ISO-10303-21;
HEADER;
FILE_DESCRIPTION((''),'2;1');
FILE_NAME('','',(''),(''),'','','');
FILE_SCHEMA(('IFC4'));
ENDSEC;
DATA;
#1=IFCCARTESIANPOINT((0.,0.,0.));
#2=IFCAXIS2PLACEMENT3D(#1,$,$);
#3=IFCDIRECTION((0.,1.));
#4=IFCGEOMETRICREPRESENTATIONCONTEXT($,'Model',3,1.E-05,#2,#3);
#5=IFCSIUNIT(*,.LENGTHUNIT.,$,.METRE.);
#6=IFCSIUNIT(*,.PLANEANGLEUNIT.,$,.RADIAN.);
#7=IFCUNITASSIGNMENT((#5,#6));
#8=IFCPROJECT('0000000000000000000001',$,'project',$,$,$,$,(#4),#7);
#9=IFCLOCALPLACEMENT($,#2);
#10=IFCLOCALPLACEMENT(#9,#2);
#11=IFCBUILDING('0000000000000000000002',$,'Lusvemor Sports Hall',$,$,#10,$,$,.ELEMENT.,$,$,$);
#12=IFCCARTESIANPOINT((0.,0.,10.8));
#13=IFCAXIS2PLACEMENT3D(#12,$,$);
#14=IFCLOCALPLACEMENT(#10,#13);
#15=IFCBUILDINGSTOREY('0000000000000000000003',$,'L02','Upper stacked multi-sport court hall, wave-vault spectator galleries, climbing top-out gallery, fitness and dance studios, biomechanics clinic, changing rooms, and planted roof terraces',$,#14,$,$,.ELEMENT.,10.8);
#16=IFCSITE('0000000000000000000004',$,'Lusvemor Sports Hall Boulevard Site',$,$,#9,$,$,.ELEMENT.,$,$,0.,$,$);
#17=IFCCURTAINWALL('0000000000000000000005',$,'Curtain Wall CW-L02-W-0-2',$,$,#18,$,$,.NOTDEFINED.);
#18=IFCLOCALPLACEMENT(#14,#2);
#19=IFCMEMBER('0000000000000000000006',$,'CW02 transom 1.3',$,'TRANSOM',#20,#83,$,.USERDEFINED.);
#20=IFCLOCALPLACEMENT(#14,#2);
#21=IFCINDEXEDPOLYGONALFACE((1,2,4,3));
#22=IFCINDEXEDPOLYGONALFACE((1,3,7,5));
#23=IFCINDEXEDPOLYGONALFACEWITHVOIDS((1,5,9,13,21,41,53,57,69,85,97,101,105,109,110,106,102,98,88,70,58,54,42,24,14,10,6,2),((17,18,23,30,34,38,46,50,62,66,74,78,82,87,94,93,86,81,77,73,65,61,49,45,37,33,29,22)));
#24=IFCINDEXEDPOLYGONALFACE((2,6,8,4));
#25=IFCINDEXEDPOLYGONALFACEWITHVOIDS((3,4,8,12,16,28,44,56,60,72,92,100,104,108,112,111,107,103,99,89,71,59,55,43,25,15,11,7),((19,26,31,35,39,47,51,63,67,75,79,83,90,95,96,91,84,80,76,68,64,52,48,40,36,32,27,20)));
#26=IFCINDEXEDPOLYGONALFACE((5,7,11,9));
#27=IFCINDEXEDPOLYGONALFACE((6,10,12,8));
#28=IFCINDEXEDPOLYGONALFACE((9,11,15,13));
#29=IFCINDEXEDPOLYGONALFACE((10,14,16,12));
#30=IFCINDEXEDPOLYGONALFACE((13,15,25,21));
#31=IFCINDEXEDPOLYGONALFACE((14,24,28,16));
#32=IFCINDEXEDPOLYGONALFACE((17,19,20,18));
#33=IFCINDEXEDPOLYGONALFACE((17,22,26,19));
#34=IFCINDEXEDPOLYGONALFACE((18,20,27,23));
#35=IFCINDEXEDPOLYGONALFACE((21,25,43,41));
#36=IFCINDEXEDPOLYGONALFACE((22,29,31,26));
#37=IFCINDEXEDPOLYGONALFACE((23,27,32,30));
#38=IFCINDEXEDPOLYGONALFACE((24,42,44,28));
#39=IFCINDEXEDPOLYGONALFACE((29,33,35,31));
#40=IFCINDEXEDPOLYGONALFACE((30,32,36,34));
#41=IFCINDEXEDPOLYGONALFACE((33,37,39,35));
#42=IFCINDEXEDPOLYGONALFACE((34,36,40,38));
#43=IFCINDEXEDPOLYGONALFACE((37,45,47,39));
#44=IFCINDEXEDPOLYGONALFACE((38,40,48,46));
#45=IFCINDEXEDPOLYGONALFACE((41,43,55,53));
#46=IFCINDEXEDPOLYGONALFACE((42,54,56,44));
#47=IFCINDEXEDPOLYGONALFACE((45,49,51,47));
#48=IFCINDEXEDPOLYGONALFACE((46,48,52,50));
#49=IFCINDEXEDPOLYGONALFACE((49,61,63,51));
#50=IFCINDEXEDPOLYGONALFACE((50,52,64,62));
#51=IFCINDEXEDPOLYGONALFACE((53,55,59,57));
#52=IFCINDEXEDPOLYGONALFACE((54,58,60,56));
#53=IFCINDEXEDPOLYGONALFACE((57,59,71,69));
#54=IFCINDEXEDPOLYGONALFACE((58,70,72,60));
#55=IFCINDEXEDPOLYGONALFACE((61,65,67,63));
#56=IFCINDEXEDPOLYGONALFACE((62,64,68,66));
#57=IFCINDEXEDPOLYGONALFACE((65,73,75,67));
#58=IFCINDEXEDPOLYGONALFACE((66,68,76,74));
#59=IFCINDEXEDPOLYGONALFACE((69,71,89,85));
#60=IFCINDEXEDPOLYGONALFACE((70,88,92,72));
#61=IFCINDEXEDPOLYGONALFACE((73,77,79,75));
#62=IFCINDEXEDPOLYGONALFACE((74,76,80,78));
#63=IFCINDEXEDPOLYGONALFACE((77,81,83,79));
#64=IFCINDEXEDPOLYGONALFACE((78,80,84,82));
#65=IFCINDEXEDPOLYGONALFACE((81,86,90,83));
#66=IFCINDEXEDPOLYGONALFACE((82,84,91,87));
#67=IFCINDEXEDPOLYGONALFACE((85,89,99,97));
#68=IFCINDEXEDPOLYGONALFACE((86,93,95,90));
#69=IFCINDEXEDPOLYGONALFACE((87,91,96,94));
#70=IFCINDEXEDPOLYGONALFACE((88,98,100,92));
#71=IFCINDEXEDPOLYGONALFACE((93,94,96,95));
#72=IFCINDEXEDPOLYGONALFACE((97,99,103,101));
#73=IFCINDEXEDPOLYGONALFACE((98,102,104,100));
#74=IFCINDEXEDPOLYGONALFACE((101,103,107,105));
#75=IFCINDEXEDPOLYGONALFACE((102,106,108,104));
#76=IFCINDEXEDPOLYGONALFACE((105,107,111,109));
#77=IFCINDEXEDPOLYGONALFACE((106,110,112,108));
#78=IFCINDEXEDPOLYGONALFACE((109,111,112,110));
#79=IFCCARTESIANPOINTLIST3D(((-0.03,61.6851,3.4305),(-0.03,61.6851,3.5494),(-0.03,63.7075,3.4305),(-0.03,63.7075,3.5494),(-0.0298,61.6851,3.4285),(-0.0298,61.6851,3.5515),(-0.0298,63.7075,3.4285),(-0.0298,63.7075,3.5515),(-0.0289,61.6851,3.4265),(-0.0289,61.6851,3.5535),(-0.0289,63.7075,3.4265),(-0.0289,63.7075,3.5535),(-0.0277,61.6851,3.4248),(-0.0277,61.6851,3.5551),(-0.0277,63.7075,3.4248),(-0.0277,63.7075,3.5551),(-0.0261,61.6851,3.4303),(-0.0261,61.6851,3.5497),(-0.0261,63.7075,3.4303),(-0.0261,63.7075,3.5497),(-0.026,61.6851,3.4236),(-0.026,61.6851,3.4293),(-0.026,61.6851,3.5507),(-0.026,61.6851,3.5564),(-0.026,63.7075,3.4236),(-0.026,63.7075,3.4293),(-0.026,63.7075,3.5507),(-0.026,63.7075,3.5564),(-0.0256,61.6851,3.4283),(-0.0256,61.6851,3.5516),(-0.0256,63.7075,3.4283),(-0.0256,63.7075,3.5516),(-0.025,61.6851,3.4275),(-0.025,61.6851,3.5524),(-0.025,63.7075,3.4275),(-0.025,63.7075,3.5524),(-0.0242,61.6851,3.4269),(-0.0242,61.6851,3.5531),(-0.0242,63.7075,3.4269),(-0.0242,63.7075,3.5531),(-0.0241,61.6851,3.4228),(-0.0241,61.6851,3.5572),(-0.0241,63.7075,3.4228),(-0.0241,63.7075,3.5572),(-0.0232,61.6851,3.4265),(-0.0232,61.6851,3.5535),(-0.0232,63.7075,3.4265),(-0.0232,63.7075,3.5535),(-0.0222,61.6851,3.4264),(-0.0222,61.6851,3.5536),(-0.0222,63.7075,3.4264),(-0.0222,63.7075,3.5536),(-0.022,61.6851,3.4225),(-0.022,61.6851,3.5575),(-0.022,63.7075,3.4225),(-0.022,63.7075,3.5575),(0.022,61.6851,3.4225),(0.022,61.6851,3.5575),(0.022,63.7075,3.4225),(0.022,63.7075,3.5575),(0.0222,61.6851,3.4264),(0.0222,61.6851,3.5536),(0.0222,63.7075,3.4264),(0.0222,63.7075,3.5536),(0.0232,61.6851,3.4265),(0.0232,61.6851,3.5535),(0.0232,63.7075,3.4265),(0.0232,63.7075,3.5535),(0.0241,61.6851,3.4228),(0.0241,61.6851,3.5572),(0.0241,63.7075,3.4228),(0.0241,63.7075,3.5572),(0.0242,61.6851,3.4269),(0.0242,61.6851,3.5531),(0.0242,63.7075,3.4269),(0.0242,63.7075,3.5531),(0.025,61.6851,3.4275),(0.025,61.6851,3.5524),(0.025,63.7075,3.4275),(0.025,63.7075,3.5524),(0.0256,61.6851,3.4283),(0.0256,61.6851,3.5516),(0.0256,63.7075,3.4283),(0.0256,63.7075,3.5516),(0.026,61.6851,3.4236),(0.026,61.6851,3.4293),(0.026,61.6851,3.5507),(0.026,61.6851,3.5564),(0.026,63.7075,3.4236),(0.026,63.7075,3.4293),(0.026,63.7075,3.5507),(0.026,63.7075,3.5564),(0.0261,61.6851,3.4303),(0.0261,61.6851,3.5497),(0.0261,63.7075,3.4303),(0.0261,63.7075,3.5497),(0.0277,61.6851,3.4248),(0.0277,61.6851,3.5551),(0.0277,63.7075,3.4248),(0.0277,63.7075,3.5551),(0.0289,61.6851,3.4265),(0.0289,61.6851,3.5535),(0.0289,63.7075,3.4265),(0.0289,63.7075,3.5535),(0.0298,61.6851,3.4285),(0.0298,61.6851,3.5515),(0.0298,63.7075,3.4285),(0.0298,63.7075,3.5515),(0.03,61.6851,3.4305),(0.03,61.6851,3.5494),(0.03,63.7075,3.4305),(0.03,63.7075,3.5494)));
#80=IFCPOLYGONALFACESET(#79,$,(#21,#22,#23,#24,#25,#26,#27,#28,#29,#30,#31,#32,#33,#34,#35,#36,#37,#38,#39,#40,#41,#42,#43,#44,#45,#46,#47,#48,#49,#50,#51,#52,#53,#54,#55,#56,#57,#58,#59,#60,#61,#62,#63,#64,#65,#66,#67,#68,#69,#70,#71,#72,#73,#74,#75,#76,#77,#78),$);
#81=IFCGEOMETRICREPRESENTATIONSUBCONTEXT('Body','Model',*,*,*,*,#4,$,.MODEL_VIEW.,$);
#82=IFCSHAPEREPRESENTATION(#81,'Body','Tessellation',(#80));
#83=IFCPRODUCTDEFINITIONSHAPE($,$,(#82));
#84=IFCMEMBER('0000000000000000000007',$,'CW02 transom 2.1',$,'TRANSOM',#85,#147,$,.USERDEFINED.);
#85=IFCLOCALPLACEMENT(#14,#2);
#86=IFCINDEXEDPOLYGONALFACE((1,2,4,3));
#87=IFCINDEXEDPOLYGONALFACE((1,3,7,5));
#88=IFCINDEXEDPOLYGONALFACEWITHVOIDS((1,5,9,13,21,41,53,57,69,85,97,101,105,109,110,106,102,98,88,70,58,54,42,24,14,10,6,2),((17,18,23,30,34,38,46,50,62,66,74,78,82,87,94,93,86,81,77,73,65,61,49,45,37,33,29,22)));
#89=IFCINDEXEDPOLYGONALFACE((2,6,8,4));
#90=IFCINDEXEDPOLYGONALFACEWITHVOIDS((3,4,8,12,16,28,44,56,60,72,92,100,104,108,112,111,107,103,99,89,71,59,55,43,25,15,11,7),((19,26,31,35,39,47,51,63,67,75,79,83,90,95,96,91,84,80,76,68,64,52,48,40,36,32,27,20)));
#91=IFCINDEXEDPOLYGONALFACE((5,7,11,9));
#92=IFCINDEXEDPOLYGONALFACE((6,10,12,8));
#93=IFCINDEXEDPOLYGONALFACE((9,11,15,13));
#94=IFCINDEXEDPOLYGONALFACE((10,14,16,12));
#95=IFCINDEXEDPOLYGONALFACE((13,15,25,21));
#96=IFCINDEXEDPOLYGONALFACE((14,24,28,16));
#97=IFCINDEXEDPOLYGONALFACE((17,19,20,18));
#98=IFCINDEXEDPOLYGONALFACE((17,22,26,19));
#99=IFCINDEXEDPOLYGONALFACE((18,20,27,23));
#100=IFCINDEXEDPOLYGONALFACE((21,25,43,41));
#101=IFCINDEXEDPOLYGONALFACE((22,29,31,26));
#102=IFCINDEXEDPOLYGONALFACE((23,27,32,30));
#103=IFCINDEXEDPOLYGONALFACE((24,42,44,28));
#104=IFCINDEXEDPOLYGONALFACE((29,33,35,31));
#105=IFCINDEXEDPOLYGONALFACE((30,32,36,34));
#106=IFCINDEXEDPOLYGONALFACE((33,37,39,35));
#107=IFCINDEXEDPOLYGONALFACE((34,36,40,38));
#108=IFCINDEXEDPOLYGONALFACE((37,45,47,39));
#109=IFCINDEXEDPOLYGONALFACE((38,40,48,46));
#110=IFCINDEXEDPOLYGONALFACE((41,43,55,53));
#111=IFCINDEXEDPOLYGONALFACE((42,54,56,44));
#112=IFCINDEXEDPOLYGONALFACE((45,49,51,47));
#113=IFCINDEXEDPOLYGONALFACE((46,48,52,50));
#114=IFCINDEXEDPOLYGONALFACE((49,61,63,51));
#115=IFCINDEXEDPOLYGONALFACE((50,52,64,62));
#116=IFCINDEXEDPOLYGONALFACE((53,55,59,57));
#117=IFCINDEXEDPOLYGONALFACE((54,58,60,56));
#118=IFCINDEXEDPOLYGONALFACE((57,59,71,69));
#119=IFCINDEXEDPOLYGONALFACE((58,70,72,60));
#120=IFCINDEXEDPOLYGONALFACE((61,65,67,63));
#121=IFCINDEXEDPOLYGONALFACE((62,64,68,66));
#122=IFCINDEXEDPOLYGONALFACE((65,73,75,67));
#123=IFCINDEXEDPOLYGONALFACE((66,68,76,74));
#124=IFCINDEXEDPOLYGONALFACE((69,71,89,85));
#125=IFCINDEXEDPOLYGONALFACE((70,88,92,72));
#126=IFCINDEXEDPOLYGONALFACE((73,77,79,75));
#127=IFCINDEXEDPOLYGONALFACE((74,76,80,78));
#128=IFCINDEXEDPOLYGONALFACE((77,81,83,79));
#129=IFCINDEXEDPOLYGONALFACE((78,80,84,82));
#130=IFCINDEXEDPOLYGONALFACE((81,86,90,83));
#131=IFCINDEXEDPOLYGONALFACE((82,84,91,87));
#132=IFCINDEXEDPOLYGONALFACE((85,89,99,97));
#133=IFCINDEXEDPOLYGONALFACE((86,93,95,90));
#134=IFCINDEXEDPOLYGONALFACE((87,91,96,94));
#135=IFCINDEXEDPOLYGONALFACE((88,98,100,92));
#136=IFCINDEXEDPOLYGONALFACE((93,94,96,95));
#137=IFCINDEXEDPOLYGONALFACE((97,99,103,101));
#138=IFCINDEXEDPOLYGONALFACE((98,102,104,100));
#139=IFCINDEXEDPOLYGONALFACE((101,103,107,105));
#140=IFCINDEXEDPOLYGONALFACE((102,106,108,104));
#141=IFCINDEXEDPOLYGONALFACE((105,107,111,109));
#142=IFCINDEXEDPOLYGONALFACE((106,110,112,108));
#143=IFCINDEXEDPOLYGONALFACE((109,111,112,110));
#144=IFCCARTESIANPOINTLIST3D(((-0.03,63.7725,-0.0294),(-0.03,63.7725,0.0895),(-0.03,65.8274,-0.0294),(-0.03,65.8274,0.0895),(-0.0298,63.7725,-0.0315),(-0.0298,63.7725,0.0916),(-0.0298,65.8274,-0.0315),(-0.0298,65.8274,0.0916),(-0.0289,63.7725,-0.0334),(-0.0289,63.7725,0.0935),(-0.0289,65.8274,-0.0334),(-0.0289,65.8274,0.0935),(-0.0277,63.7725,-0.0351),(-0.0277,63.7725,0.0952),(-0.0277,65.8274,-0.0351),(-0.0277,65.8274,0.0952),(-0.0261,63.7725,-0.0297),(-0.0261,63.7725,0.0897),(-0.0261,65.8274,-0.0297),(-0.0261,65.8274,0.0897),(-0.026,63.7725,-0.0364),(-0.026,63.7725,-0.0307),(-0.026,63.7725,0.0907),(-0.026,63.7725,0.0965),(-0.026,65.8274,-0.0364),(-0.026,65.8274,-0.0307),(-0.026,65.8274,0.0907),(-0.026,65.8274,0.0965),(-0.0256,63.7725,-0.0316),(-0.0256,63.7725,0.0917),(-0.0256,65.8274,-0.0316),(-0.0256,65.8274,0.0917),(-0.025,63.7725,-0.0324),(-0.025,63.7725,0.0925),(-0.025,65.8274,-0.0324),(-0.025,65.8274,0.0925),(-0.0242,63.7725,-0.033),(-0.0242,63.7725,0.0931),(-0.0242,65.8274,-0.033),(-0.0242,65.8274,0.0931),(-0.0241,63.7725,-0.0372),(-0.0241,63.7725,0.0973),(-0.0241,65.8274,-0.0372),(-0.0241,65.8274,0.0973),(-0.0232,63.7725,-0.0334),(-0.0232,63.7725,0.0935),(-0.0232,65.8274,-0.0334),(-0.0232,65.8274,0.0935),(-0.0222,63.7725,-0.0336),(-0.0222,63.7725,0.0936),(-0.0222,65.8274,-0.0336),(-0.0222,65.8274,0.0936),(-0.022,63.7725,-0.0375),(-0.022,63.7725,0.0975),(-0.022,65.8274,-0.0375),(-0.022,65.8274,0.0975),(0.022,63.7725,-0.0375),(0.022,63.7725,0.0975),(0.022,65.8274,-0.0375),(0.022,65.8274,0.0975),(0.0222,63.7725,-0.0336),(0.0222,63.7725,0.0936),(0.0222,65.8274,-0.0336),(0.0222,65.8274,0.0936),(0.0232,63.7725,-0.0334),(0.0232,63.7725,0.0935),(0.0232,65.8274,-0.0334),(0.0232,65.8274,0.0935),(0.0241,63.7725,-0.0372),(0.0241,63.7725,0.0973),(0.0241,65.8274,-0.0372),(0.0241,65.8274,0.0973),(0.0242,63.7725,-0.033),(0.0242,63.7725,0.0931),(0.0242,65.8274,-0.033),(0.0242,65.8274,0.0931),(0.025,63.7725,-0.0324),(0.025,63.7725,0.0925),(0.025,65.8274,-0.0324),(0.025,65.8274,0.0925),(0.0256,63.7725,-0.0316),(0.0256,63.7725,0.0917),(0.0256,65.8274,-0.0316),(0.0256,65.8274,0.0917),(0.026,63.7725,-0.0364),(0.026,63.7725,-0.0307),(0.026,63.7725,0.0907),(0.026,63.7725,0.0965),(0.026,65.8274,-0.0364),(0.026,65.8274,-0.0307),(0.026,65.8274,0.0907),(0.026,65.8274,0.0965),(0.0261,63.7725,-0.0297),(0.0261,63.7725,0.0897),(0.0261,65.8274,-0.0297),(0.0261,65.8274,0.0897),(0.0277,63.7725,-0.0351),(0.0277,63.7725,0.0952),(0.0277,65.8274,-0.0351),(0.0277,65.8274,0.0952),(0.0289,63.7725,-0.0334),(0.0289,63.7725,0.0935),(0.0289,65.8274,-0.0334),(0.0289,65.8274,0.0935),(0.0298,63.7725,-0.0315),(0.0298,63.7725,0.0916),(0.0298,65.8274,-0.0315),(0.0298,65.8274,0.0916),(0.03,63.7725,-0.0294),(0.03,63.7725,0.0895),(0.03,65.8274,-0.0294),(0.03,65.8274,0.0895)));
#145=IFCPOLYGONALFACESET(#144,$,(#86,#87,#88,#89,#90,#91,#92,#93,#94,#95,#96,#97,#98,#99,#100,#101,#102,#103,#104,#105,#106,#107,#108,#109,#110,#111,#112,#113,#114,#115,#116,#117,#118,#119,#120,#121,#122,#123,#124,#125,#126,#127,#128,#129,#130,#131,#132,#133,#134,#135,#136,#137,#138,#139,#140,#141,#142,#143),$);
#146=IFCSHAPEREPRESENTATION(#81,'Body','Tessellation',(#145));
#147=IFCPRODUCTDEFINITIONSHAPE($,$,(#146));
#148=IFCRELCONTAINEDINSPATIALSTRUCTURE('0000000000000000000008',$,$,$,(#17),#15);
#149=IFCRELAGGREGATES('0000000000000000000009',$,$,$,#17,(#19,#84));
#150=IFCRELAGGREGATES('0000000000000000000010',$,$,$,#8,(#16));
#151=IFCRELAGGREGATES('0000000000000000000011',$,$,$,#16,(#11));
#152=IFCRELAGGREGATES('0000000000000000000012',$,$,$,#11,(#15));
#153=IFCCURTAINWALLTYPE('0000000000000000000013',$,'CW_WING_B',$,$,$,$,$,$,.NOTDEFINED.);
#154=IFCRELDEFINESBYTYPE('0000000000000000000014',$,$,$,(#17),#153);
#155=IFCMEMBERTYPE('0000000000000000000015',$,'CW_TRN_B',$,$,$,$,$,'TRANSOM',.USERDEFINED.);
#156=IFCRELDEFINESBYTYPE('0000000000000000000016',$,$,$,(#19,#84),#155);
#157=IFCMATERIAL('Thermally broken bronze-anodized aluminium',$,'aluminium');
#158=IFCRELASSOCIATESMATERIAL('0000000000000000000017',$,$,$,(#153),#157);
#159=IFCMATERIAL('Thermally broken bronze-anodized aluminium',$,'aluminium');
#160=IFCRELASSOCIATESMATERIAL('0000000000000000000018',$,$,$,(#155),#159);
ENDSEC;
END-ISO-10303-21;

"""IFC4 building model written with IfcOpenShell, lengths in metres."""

from ifc_helpers import new_model, si_unit, direction, frame, origin, origin_2d, place, context, subcontext, project, spatial, hollow_rectangle, extrude, material, material_profile, profile_set, type_object, element, aggregate, save


model = new_model("IFC4")

# Units and contexts
model_context = context("Model", 3, precision=1e-05, world=origin(), true_north=direction((0.0, 1.0)))
body_context = subcontext(model_context, "Body", "Model", "MODEL_VIEW")
ifc_project = project(units=[si_unit("LENGTHUNIT", "METRE"), si_unit("PLANEANGLEUNIT", "RADIAN")], contexts=[model_context])

# Site, building, storey
site_placement = place(None, origin())
site = spatial("IfcSite", under=ifc_project, at=site_placement, Name="Lusvemor Sports Hall Boulevard Site", CompositionType="ELEMENT", RefElevation=0.0)
building_placement = place(site_placement, origin())
building = spatial("IfcBuilding", under=site, at=building_placement, Name="Lusvemor Sports Hall", CompositionType="ELEMENT")
storey_placement = place(building_placement, frame((0.0, 0.0, 10.8)))
storey = spatial("IfcBuildingStorey", under=building, at=storey_placement, Name="L02", Description="Upper stacked multi-sport court hall, wave-vault spectator galleries, climbing top-out gallery, fitness and dance studios, biomechanics clinic, changing rooms, and planted roof terraces", CompositionType="ELEMENT", Elevation=10.8)

# Curtain wall
ifc_material_1 = material(Name="Thermally broken bronze-anodized aluminium", Category="aluminium")
curtain_wall_type_1 = type_object("IfcCurtainWallType", Name="CW_WING_B", PredefinedType="NOTDEFINED", material=ifc_material_1)
curtain_wall_1_placement = place(storey_placement, origin())
curtain_wall_1 = element("IfcCurtainWall", 1, at=curtain_wall_1_placement, inside=storey, type_object=curtain_wall_type_1, Name="Curtain Wall CW-L02-W-0-2", PredefinedType="NOTDEFINED")

# Members
ifc_material_2 = material(Name="Thermally broken bronze-anodized aluminium", Category="aluminium")
ifc_material_profile_1 = material_profile(ifc_material_2, hollow_rectangle(XDim=0.0601, YDim=0.135, WallThickness=0.0039, InnerFilletRadius=0.0039, OuterFilletRadius=0.0081, at=origin_2d()), Name="CWTRN135x60x4")
ifc_profile_set_1 = profile_set([ifc_material_profile_1], Name="Thermally broken bronze-anodized aluminium")
member_type_1 = type_object("IfcMemberType", Name="CW_TRN_B", ElementType="TRANSOM", PredefinedType="USERDEFINED", material=ifc_profile_set_1)
member_1_placement = place(storey_placement, frame((0.0, 61.6851, 3.49), z_axis=(0.0, 1.0, 0.0), x_axis=(-1.0, 0.0, 0.0)))
member_1 = element("IfcMember", 2, at=member_1_placement, type_object=member_type_1, Name="CW02 transom 1.3", ObjectType="TRANSOM", PredefinedType="USERDEFINED", context=body_context, shape_type="SweptSolid", body=[
    extrude(hollow_rectangle(XDim=0.0601, YDim=0.135, WallThickness=0.0039, InnerFilletRadius=0.0039, OuterFilletRadius=0.0081, at=origin_2d()), origin(), (0.0, 0.0, 1.0), 2.0225),
])
member_2_placement = place(storey_placement, frame((0.0, 63.7725, 0.03), z_axis=(0.0, 1.0, 0.0), x_axis=(-1.0, 0.0, 0.0)))
member_2 = element("IfcMember", 3, at=member_2_placement, type_object=member_type_1, Name="CW02 transom 2.1", ObjectType="TRANSOM", PredefinedType="USERDEFINED", context=body_context, shape_type="SweptSolid", body=[
    extrude(hollow_rectangle(XDim=0.0601, YDim=0.135, WallThickness=0.0039, InnerFilletRadius=0.0039, OuterFilletRadius=0.0081, at=origin_2d()), origin(), (0.0, 0.0, 1.0), 2.0549),
])

aggregate(curtain_wall_1, [member_1, member_2])

save(model, "model.ifc")
